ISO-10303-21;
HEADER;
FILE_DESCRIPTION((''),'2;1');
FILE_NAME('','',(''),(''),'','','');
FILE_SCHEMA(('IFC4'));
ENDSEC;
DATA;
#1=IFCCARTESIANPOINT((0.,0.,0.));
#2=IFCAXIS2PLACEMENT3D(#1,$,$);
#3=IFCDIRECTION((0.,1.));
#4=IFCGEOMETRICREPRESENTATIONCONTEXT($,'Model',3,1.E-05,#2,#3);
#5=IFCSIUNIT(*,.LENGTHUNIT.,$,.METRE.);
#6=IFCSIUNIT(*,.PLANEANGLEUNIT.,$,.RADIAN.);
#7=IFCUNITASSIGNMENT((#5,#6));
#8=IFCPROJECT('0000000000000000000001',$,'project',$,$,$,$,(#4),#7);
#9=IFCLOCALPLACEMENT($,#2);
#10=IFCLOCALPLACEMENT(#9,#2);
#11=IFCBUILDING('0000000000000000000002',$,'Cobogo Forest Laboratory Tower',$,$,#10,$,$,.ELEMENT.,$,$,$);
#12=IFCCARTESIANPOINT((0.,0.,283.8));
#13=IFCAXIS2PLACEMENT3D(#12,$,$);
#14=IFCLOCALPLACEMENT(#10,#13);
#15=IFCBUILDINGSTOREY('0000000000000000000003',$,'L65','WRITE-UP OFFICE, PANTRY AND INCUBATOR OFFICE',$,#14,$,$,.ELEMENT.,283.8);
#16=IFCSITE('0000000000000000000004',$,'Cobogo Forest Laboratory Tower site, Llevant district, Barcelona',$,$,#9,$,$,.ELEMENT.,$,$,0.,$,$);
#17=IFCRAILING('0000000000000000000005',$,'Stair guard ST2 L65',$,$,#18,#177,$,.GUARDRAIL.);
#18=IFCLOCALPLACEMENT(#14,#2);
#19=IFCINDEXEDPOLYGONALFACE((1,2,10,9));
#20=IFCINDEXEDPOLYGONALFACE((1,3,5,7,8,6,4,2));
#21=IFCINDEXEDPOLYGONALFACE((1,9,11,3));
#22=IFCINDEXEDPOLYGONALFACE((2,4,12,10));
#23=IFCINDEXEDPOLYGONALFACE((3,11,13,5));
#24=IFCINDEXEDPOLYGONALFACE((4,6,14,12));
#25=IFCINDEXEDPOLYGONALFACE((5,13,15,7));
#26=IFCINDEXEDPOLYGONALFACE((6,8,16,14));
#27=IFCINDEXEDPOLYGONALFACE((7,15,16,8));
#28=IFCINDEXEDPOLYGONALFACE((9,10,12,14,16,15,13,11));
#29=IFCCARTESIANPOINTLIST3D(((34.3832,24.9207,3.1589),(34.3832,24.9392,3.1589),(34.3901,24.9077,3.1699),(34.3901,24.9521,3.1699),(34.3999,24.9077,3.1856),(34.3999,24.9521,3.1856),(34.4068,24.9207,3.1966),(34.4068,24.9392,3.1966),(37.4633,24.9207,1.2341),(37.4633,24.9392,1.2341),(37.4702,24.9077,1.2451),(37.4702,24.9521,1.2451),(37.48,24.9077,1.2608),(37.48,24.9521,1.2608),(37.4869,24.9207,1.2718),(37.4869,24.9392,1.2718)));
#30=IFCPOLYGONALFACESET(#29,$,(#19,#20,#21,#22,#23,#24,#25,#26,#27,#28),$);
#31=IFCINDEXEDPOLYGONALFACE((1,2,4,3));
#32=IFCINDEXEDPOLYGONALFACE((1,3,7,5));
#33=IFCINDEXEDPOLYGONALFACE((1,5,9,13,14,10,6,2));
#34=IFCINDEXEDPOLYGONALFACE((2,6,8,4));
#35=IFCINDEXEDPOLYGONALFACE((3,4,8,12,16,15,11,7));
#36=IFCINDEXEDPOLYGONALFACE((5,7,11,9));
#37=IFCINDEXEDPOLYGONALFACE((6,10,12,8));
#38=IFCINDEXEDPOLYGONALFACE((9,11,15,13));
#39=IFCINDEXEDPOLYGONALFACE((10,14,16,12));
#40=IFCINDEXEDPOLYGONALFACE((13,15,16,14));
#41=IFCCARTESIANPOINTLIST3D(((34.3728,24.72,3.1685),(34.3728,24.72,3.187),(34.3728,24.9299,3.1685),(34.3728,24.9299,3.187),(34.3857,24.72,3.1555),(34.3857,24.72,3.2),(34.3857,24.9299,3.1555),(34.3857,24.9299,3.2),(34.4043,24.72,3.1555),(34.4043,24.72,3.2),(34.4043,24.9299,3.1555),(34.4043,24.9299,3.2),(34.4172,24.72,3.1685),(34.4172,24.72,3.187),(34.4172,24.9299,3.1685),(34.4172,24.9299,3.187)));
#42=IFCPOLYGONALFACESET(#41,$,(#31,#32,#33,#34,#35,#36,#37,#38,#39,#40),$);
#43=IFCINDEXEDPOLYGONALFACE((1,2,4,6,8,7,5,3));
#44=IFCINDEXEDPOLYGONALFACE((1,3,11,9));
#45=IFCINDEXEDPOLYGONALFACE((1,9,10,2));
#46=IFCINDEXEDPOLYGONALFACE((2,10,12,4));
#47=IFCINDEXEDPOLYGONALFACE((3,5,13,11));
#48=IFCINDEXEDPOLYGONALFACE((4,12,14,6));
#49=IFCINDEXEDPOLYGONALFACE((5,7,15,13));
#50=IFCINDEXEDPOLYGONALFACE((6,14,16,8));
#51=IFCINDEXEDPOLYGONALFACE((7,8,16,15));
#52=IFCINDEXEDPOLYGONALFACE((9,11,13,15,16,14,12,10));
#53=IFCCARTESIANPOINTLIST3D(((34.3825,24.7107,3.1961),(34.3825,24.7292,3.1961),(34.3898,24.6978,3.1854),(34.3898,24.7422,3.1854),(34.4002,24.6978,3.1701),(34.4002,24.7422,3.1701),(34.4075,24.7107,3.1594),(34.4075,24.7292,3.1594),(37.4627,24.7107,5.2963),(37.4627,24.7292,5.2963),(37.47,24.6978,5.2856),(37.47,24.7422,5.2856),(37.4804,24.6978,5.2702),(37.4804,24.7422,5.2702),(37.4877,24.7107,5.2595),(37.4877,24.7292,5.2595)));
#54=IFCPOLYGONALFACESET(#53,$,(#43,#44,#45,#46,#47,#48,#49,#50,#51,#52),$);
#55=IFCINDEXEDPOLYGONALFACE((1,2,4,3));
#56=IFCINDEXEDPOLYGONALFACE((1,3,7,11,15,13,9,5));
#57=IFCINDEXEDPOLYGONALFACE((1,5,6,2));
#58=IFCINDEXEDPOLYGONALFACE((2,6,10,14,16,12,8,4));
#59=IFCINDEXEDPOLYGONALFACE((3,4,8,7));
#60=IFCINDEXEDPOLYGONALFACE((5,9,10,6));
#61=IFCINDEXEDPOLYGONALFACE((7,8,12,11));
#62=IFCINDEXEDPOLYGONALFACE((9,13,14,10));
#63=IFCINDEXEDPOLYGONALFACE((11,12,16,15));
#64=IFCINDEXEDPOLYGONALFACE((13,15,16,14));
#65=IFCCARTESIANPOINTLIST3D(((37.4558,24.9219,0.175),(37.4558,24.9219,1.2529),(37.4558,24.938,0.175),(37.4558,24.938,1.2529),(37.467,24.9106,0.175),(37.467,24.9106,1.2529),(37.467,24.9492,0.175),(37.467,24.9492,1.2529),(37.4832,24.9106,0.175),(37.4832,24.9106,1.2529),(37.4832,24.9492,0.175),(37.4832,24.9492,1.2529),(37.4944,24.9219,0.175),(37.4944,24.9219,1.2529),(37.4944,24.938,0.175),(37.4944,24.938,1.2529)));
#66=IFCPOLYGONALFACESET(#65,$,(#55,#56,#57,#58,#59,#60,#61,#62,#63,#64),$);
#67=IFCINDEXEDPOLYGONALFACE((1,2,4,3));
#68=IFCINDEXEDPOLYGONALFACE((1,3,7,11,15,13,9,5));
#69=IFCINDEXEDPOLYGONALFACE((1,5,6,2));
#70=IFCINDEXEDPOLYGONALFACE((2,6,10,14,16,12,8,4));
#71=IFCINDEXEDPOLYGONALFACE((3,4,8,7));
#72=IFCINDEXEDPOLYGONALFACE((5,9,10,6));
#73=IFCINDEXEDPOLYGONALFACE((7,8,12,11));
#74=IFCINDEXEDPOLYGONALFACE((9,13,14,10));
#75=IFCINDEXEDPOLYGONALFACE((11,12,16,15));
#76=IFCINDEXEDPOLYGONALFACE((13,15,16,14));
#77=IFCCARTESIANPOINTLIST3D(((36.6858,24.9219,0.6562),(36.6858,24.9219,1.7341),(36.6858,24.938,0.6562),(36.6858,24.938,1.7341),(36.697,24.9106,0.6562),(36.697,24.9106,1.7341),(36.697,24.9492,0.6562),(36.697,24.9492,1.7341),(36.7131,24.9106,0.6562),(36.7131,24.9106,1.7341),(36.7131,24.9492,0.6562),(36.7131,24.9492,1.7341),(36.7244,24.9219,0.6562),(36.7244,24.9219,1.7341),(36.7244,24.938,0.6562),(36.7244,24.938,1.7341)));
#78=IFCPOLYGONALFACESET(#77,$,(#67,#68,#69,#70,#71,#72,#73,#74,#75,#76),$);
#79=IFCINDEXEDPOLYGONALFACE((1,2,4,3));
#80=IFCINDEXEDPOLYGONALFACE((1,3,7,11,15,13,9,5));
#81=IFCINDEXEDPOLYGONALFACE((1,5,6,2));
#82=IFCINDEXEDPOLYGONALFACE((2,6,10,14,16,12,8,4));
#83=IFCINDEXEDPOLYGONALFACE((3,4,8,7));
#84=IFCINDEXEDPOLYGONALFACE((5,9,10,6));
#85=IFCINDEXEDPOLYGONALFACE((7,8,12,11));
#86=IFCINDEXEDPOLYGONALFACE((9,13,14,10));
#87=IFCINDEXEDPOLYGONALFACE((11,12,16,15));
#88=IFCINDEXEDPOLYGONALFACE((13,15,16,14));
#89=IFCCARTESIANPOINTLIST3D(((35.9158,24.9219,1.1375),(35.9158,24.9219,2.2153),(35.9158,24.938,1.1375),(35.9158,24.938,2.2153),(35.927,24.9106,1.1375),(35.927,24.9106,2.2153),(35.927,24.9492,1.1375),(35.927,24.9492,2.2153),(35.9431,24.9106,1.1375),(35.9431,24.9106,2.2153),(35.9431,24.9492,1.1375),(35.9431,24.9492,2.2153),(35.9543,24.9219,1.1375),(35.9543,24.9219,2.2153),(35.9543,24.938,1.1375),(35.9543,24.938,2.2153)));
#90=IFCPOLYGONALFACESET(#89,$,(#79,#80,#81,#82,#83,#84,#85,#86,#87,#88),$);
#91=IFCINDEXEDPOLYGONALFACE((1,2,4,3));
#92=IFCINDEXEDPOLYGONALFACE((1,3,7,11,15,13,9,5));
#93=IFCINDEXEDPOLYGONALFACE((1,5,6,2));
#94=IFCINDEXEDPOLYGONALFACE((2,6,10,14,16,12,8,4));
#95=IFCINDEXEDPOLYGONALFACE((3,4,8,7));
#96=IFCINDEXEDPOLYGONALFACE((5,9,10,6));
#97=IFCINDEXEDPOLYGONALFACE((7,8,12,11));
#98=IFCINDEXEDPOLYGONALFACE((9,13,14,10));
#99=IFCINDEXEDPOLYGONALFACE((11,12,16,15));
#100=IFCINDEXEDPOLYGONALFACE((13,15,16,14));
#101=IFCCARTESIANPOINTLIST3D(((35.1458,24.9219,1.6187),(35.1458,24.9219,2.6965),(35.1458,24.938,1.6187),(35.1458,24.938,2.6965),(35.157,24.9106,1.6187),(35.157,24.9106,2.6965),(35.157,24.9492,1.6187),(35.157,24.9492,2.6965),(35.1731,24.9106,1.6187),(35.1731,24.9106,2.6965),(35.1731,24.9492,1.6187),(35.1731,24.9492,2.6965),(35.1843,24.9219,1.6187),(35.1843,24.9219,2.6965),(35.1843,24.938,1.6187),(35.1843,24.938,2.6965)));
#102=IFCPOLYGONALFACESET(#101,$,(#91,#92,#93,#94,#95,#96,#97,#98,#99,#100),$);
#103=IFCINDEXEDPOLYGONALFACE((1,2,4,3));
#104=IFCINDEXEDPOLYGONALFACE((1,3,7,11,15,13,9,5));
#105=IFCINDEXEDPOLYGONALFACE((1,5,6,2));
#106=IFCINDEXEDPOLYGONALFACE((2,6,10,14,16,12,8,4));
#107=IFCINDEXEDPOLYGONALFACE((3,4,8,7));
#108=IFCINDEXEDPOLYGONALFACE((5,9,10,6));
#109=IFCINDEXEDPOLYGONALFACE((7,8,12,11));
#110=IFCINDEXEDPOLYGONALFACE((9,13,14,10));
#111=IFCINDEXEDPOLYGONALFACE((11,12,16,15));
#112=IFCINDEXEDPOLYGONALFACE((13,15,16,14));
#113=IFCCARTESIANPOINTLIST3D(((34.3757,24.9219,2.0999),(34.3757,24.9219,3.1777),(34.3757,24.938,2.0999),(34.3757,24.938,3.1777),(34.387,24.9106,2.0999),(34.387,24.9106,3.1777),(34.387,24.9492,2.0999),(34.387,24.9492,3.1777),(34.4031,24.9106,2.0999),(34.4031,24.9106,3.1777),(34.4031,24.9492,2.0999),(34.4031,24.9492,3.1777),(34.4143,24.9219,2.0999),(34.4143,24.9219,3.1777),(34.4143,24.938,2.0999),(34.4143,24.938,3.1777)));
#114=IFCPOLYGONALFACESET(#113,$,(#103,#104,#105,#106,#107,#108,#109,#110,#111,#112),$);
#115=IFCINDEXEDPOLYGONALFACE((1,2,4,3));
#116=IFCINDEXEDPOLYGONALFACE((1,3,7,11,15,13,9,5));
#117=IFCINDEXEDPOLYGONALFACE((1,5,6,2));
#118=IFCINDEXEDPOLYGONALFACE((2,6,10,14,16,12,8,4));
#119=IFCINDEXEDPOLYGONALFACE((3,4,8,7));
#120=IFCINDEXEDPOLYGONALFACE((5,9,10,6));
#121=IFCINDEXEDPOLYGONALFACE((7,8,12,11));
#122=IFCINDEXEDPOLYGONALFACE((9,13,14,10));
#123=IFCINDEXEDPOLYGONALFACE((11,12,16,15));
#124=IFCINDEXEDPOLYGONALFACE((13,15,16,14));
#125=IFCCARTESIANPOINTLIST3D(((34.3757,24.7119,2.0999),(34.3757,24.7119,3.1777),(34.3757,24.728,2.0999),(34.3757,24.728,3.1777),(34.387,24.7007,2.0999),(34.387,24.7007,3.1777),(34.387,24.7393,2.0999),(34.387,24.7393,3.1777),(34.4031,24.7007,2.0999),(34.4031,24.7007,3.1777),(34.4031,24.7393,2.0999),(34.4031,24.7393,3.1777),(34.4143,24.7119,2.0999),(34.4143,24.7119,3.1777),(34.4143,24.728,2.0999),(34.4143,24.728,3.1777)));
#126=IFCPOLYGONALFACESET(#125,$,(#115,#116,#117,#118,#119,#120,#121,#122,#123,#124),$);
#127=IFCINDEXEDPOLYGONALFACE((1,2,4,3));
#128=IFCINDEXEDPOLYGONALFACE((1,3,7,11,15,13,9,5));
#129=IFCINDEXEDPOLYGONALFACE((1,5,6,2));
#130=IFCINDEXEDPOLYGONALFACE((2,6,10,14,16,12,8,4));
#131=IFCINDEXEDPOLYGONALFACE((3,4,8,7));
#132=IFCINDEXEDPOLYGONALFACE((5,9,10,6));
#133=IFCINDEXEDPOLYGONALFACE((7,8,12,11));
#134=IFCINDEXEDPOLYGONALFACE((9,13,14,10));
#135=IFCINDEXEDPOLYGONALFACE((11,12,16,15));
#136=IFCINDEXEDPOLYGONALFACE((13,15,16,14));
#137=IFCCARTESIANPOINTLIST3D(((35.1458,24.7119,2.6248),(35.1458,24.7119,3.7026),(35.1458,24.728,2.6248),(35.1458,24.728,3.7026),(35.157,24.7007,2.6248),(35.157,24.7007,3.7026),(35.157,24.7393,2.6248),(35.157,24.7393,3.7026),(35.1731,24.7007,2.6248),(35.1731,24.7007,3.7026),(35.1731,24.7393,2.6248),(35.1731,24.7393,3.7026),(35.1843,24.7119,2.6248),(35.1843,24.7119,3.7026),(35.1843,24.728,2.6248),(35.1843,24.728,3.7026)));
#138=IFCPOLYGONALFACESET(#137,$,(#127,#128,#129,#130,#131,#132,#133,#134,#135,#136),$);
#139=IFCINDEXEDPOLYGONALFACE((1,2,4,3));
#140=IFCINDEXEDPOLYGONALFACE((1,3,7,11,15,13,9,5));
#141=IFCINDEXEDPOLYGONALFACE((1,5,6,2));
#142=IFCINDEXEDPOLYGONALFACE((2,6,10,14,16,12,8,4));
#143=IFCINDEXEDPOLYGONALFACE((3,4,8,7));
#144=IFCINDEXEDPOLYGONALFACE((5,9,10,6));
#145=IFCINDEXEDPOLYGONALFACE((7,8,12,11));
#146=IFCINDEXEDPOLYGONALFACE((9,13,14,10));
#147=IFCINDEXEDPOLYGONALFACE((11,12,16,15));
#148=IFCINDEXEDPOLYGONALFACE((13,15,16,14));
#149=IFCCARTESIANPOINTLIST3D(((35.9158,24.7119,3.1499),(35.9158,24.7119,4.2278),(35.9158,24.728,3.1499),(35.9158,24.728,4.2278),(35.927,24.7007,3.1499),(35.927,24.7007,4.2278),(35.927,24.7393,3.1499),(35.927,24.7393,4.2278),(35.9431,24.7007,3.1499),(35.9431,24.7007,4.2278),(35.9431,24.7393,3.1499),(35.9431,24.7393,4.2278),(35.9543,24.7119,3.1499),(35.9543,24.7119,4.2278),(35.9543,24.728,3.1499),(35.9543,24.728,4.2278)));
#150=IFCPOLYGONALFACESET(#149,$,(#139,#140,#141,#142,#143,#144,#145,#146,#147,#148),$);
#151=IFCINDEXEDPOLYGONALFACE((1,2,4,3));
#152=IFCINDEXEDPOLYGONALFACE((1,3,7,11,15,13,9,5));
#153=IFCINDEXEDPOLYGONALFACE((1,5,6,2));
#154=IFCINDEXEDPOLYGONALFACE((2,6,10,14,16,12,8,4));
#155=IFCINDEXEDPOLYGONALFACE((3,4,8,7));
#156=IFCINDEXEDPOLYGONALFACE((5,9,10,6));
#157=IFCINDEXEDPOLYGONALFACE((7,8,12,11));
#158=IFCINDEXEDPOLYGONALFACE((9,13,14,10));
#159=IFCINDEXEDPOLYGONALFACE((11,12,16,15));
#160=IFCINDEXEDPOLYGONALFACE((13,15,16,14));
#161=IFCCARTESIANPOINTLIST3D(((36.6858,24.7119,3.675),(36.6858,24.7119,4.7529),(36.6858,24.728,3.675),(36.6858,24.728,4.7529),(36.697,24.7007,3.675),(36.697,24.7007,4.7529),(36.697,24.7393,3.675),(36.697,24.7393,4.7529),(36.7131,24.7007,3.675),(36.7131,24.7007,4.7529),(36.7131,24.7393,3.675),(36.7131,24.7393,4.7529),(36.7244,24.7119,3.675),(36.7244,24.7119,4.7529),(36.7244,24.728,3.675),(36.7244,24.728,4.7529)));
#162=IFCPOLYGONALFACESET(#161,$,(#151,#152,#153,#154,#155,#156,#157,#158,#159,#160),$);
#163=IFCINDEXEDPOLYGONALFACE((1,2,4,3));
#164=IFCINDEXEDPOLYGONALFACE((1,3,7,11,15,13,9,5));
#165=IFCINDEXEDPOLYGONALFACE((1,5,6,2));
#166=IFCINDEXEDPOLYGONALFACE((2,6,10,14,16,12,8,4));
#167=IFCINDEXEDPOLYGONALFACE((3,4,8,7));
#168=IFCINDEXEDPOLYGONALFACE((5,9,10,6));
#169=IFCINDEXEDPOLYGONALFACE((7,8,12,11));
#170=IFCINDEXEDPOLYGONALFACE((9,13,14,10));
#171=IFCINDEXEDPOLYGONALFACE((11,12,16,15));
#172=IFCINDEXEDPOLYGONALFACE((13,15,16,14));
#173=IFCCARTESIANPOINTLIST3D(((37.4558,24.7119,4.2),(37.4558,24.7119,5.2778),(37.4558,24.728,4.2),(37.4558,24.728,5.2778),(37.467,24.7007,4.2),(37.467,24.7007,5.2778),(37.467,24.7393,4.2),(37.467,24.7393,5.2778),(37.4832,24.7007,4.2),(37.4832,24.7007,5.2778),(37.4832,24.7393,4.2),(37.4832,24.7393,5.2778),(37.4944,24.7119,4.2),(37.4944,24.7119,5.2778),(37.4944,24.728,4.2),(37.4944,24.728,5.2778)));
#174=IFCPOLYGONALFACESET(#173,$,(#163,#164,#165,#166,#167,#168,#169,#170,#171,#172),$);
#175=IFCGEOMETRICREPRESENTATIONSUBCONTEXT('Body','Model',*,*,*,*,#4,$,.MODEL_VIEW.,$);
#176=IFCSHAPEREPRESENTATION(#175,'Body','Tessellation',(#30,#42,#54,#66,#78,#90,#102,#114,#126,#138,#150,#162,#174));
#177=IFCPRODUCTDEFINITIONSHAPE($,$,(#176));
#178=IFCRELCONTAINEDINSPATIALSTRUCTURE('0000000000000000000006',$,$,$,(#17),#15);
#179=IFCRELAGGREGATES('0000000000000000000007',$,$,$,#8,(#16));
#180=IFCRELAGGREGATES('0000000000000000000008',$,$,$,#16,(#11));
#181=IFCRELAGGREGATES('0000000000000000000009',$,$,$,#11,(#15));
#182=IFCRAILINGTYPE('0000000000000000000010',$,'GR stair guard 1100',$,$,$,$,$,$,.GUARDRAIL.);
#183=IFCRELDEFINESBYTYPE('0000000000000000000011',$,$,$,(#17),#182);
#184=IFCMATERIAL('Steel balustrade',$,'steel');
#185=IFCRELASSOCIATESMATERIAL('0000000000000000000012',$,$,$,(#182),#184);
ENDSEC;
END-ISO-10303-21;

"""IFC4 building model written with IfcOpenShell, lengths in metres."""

from ifc_helpers import new_model, si_unit, direction, frame, origin, place, context, subcontext, project, spatial, polyline, outline, extrude, material, type_object, element, save


model = new_model("IFC4")

# Units and contexts
model_context = context("Model", 3, precision=1e-05, world=origin(), true_north=direction((0.0, 1.0)))
body_context = subcontext(model_context, "Body", "Model", "MODEL_VIEW")
ifc_project = project(units=[si_unit("LENGTHUNIT", "METRE"), si_unit("PLANEANGLEUNIT", "RADIAN")], contexts=[model_context])

# Site, building, storey
site_placement = place(None, origin())
site = spatial("IfcSite", under=ifc_project, at=site_placement, Name="Cobogo Forest Laboratory Tower site, Llevant district, Barcelona", CompositionType="ELEMENT", RefElevation=0.0)
building_placement = place(site_placement, origin())
building = spatial("IfcBuilding", under=site, at=building_placement, Name="Cobogo Forest Laboratory Tower", CompositionType="ELEMENT")
storey_placement = place(building_placement, frame((0.0, 0.0, 283.8)))
storey = spatial("IfcBuildingStorey", under=building, at=storey_placement, Name="L65", Description="WRITE-UP OFFICE, PANTRY AND INCUBATOR OFFICE", CompositionType="ELEMENT", Elevation=283.8)

# Railing
ifc_material_1 = material(Name="Steel balustrade", Category="steel")
railing_type_1 = type_object("IfcRailingType", Name="GR stair guard 1100", PredefinedType="GUARDRAIL", material=ifc_material_1)
railing_1_placement = place(storey_placement, frame((37.4751, 24.9299, 0.175)))
element("IfcRailing", 1, at=railing_1_placement, inside=storey, type_object=railing_type_1, Name="Stair guard ST2 L65", PredefinedType="GUARDRAIL", context=body_context, shape_type="SweptSolid", body=[
    extrude(outline(polyline([(0.0222, 0.0093), (0.0093, 0.0222), (-0.0093, 0.0222), (-0.0222, 0.0093), (-0.0222, -0.0093), (-0.0093, -0.0222), (0.0093, -0.0222), (0.0222, -0.0093), (0.0222, 0.0093)])), frame((0.0, 0.0, 1.0779), z_axis=(-0.848029, 0.0, 0.529951), x_axis=(0.0, -1.0, 0.0)), (0.0, 0.0, 1.0), 3.6321),
    extrude(outline(polyline([(0.0222, 0.0093), (0.0093, 0.0222), (-0.0093, 0.0222), (-0.0222, 0.0093), (-0.0222, -0.0093), (-0.0093, -0.0222), (0.0093, -0.0222), (0.0222, -0.0093), (0.0222, 0.0093)])), frame((-3.0801, 0.0, 3.0027), z_axis=(0.0, -1.0, 0.0), x_axis=(1.0, 0.0, 0.0)), (0.0, 0.0, 1.0), 0.21),
    extrude(outline(polyline([(0.0222, 0.0093), (0.0093, 0.0222), (-0.0093, 0.0222), (-0.0222, 0.0093), (-0.0222, -0.0093), (-0.0093, -0.0222), (0.0093, -0.0222), (0.0222, -0.0093), (0.0222, 0.0093)])), frame((-3.0801, -0.21, 3.0027), z_axis=(0.826222, 0.0, 0.563345), x_axis=(0.0, 1.0, 0.0)), (0.0, 0.0, 1.0), 3.728),
    extrude(outline(polyline([(0.0193, 0.0081), (0.0081, 0.0193), (-0.0081, 0.0193), (-0.0193, 0.0081), (-0.0193, -0.0081), (-0.0081, -0.0193), (0.0081, -0.0193), (0.0193, -0.0081), (0.0193, 0.0081)])), origin(), (0.0, 0.0, 1.0), 1.0779),
    extrude(outline(polyline([(0.0193, 0.0081), (0.0081, 0.0193), (-0.0081, 0.0193), (-0.0193, 0.0081), (-0.0193, -0.0081), (-0.0081, -0.0193), (0.0081, -0.0193), (0.0193, -0.0081), (0.0193, 0.0081)])), frame((-0.77, 0.0, 0.4812)), (0.0, 0.0, 1.0), 1.0779),
    extrude(outline(polyline([(0.0193, 0.0081), (0.0081, 0.0193), (-0.0081, 0.0193), (-0.0193, 0.0081), (-0.0193, -0.0081), (-0.0081, -0.0193), (0.0081, -0.0193), (0.0193, -0.0081), (0.0193, 0.0081)])), frame((-1.54, 0.0, 0.9624)), (0.0, 0.0, 1.0), 1.0779),
    extrude(outline(polyline([(0.0193, 0.0081), (0.0081, 0.0193), (-0.0081, 0.0193), (-0.0193, 0.0081), (-0.0193, -0.0081), (-0.0081, -0.0193), (0.0081, -0.0193), (0.0193, -0.0081), (0.0193, 0.0081)])), frame((-2.3101, 0.0, 1.4436)), (0.0, 0.0, 1.0), 1.0779),
    extrude(outline(polyline([(0.0193, 0.0081), (0.0081, 0.0193), (-0.0081, 0.0193), (-0.0193, 0.0081), (-0.0193, -0.0081), (-0.0081, -0.0193), (0.0081, -0.0193), (0.0193, -0.0081), (0.0193, 0.0081)])), frame((-3.0801, 0.0, 1.9248)), (0.0, 0.0, 1.0), 1.0779),
    extrude(outline(polyline([(0.0193, 0.0081), (0.0081, 0.0193), (-0.0081, 0.0193), (-0.0193, 0.0081), (-0.0193, -0.0081), (-0.0081, -0.0193), (0.0081, -0.0193), (0.0193, -0.0081), (0.0193, 0.0081)])), frame((-3.0801, -0.21, 1.9248)), (0.0, 0.0, 1.0), 1.0779),
    extrude(outline(polyline([(0.0193, 0.0081), (0.0081, 0.0193), (-0.0081, 0.0193), (-0.0193, 0.0081), (-0.0193, -0.0081), (-0.0081, -0.0193), (0.0081, -0.0193), (0.0193, -0.0081), (0.0193, 0.0081)])), frame((-2.3101, -0.21, 2.4497)), (0.0, 0.0, 1.0), 1.0779),
    extrude(outline(polyline([(0.0193, 0.0081), (0.0081, 0.0193), (-0.0081, 0.0193), (-0.0193, 0.0081), (-0.0193, -0.0081), (-0.0081, -0.0193), (0.0081, -0.0193), (0.0193, -0.0081), (0.0193, 0.0081)])), frame((-1.54, -0.21, 2.9749)), (0.0, 0.0, 1.0), 1.0779),
    extrude(outline(polyline([(0.0193, 0.0081), (0.0081, 0.0193), (-0.0081, 0.0193), (-0.0193, 0.0081), (-0.0193, -0.0081), (-0.0081, -0.0193), (0.0081, -0.0193), (0.0193, -0.0081), (0.0193, 0.0081)])), frame((-0.77, -0.21, 3.5)), (0.0, 0.0, 1.0), 1.0779),
    extrude(outline(polyline([(0.0193, 0.0081), (0.0081, 0.0193), (-0.0081, 0.0193), (-0.0193, 0.0081), (-0.0193, -0.0081), (-0.0081, -0.0193), (0.0081, -0.0193), (0.0193, -0.0081), (0.0193, 0.0081)])), frame((0.0, -0.21, 4.0249)), (0.0, 0.0, 1.0), 1.0779),
])

save(model, "model.ifc")
